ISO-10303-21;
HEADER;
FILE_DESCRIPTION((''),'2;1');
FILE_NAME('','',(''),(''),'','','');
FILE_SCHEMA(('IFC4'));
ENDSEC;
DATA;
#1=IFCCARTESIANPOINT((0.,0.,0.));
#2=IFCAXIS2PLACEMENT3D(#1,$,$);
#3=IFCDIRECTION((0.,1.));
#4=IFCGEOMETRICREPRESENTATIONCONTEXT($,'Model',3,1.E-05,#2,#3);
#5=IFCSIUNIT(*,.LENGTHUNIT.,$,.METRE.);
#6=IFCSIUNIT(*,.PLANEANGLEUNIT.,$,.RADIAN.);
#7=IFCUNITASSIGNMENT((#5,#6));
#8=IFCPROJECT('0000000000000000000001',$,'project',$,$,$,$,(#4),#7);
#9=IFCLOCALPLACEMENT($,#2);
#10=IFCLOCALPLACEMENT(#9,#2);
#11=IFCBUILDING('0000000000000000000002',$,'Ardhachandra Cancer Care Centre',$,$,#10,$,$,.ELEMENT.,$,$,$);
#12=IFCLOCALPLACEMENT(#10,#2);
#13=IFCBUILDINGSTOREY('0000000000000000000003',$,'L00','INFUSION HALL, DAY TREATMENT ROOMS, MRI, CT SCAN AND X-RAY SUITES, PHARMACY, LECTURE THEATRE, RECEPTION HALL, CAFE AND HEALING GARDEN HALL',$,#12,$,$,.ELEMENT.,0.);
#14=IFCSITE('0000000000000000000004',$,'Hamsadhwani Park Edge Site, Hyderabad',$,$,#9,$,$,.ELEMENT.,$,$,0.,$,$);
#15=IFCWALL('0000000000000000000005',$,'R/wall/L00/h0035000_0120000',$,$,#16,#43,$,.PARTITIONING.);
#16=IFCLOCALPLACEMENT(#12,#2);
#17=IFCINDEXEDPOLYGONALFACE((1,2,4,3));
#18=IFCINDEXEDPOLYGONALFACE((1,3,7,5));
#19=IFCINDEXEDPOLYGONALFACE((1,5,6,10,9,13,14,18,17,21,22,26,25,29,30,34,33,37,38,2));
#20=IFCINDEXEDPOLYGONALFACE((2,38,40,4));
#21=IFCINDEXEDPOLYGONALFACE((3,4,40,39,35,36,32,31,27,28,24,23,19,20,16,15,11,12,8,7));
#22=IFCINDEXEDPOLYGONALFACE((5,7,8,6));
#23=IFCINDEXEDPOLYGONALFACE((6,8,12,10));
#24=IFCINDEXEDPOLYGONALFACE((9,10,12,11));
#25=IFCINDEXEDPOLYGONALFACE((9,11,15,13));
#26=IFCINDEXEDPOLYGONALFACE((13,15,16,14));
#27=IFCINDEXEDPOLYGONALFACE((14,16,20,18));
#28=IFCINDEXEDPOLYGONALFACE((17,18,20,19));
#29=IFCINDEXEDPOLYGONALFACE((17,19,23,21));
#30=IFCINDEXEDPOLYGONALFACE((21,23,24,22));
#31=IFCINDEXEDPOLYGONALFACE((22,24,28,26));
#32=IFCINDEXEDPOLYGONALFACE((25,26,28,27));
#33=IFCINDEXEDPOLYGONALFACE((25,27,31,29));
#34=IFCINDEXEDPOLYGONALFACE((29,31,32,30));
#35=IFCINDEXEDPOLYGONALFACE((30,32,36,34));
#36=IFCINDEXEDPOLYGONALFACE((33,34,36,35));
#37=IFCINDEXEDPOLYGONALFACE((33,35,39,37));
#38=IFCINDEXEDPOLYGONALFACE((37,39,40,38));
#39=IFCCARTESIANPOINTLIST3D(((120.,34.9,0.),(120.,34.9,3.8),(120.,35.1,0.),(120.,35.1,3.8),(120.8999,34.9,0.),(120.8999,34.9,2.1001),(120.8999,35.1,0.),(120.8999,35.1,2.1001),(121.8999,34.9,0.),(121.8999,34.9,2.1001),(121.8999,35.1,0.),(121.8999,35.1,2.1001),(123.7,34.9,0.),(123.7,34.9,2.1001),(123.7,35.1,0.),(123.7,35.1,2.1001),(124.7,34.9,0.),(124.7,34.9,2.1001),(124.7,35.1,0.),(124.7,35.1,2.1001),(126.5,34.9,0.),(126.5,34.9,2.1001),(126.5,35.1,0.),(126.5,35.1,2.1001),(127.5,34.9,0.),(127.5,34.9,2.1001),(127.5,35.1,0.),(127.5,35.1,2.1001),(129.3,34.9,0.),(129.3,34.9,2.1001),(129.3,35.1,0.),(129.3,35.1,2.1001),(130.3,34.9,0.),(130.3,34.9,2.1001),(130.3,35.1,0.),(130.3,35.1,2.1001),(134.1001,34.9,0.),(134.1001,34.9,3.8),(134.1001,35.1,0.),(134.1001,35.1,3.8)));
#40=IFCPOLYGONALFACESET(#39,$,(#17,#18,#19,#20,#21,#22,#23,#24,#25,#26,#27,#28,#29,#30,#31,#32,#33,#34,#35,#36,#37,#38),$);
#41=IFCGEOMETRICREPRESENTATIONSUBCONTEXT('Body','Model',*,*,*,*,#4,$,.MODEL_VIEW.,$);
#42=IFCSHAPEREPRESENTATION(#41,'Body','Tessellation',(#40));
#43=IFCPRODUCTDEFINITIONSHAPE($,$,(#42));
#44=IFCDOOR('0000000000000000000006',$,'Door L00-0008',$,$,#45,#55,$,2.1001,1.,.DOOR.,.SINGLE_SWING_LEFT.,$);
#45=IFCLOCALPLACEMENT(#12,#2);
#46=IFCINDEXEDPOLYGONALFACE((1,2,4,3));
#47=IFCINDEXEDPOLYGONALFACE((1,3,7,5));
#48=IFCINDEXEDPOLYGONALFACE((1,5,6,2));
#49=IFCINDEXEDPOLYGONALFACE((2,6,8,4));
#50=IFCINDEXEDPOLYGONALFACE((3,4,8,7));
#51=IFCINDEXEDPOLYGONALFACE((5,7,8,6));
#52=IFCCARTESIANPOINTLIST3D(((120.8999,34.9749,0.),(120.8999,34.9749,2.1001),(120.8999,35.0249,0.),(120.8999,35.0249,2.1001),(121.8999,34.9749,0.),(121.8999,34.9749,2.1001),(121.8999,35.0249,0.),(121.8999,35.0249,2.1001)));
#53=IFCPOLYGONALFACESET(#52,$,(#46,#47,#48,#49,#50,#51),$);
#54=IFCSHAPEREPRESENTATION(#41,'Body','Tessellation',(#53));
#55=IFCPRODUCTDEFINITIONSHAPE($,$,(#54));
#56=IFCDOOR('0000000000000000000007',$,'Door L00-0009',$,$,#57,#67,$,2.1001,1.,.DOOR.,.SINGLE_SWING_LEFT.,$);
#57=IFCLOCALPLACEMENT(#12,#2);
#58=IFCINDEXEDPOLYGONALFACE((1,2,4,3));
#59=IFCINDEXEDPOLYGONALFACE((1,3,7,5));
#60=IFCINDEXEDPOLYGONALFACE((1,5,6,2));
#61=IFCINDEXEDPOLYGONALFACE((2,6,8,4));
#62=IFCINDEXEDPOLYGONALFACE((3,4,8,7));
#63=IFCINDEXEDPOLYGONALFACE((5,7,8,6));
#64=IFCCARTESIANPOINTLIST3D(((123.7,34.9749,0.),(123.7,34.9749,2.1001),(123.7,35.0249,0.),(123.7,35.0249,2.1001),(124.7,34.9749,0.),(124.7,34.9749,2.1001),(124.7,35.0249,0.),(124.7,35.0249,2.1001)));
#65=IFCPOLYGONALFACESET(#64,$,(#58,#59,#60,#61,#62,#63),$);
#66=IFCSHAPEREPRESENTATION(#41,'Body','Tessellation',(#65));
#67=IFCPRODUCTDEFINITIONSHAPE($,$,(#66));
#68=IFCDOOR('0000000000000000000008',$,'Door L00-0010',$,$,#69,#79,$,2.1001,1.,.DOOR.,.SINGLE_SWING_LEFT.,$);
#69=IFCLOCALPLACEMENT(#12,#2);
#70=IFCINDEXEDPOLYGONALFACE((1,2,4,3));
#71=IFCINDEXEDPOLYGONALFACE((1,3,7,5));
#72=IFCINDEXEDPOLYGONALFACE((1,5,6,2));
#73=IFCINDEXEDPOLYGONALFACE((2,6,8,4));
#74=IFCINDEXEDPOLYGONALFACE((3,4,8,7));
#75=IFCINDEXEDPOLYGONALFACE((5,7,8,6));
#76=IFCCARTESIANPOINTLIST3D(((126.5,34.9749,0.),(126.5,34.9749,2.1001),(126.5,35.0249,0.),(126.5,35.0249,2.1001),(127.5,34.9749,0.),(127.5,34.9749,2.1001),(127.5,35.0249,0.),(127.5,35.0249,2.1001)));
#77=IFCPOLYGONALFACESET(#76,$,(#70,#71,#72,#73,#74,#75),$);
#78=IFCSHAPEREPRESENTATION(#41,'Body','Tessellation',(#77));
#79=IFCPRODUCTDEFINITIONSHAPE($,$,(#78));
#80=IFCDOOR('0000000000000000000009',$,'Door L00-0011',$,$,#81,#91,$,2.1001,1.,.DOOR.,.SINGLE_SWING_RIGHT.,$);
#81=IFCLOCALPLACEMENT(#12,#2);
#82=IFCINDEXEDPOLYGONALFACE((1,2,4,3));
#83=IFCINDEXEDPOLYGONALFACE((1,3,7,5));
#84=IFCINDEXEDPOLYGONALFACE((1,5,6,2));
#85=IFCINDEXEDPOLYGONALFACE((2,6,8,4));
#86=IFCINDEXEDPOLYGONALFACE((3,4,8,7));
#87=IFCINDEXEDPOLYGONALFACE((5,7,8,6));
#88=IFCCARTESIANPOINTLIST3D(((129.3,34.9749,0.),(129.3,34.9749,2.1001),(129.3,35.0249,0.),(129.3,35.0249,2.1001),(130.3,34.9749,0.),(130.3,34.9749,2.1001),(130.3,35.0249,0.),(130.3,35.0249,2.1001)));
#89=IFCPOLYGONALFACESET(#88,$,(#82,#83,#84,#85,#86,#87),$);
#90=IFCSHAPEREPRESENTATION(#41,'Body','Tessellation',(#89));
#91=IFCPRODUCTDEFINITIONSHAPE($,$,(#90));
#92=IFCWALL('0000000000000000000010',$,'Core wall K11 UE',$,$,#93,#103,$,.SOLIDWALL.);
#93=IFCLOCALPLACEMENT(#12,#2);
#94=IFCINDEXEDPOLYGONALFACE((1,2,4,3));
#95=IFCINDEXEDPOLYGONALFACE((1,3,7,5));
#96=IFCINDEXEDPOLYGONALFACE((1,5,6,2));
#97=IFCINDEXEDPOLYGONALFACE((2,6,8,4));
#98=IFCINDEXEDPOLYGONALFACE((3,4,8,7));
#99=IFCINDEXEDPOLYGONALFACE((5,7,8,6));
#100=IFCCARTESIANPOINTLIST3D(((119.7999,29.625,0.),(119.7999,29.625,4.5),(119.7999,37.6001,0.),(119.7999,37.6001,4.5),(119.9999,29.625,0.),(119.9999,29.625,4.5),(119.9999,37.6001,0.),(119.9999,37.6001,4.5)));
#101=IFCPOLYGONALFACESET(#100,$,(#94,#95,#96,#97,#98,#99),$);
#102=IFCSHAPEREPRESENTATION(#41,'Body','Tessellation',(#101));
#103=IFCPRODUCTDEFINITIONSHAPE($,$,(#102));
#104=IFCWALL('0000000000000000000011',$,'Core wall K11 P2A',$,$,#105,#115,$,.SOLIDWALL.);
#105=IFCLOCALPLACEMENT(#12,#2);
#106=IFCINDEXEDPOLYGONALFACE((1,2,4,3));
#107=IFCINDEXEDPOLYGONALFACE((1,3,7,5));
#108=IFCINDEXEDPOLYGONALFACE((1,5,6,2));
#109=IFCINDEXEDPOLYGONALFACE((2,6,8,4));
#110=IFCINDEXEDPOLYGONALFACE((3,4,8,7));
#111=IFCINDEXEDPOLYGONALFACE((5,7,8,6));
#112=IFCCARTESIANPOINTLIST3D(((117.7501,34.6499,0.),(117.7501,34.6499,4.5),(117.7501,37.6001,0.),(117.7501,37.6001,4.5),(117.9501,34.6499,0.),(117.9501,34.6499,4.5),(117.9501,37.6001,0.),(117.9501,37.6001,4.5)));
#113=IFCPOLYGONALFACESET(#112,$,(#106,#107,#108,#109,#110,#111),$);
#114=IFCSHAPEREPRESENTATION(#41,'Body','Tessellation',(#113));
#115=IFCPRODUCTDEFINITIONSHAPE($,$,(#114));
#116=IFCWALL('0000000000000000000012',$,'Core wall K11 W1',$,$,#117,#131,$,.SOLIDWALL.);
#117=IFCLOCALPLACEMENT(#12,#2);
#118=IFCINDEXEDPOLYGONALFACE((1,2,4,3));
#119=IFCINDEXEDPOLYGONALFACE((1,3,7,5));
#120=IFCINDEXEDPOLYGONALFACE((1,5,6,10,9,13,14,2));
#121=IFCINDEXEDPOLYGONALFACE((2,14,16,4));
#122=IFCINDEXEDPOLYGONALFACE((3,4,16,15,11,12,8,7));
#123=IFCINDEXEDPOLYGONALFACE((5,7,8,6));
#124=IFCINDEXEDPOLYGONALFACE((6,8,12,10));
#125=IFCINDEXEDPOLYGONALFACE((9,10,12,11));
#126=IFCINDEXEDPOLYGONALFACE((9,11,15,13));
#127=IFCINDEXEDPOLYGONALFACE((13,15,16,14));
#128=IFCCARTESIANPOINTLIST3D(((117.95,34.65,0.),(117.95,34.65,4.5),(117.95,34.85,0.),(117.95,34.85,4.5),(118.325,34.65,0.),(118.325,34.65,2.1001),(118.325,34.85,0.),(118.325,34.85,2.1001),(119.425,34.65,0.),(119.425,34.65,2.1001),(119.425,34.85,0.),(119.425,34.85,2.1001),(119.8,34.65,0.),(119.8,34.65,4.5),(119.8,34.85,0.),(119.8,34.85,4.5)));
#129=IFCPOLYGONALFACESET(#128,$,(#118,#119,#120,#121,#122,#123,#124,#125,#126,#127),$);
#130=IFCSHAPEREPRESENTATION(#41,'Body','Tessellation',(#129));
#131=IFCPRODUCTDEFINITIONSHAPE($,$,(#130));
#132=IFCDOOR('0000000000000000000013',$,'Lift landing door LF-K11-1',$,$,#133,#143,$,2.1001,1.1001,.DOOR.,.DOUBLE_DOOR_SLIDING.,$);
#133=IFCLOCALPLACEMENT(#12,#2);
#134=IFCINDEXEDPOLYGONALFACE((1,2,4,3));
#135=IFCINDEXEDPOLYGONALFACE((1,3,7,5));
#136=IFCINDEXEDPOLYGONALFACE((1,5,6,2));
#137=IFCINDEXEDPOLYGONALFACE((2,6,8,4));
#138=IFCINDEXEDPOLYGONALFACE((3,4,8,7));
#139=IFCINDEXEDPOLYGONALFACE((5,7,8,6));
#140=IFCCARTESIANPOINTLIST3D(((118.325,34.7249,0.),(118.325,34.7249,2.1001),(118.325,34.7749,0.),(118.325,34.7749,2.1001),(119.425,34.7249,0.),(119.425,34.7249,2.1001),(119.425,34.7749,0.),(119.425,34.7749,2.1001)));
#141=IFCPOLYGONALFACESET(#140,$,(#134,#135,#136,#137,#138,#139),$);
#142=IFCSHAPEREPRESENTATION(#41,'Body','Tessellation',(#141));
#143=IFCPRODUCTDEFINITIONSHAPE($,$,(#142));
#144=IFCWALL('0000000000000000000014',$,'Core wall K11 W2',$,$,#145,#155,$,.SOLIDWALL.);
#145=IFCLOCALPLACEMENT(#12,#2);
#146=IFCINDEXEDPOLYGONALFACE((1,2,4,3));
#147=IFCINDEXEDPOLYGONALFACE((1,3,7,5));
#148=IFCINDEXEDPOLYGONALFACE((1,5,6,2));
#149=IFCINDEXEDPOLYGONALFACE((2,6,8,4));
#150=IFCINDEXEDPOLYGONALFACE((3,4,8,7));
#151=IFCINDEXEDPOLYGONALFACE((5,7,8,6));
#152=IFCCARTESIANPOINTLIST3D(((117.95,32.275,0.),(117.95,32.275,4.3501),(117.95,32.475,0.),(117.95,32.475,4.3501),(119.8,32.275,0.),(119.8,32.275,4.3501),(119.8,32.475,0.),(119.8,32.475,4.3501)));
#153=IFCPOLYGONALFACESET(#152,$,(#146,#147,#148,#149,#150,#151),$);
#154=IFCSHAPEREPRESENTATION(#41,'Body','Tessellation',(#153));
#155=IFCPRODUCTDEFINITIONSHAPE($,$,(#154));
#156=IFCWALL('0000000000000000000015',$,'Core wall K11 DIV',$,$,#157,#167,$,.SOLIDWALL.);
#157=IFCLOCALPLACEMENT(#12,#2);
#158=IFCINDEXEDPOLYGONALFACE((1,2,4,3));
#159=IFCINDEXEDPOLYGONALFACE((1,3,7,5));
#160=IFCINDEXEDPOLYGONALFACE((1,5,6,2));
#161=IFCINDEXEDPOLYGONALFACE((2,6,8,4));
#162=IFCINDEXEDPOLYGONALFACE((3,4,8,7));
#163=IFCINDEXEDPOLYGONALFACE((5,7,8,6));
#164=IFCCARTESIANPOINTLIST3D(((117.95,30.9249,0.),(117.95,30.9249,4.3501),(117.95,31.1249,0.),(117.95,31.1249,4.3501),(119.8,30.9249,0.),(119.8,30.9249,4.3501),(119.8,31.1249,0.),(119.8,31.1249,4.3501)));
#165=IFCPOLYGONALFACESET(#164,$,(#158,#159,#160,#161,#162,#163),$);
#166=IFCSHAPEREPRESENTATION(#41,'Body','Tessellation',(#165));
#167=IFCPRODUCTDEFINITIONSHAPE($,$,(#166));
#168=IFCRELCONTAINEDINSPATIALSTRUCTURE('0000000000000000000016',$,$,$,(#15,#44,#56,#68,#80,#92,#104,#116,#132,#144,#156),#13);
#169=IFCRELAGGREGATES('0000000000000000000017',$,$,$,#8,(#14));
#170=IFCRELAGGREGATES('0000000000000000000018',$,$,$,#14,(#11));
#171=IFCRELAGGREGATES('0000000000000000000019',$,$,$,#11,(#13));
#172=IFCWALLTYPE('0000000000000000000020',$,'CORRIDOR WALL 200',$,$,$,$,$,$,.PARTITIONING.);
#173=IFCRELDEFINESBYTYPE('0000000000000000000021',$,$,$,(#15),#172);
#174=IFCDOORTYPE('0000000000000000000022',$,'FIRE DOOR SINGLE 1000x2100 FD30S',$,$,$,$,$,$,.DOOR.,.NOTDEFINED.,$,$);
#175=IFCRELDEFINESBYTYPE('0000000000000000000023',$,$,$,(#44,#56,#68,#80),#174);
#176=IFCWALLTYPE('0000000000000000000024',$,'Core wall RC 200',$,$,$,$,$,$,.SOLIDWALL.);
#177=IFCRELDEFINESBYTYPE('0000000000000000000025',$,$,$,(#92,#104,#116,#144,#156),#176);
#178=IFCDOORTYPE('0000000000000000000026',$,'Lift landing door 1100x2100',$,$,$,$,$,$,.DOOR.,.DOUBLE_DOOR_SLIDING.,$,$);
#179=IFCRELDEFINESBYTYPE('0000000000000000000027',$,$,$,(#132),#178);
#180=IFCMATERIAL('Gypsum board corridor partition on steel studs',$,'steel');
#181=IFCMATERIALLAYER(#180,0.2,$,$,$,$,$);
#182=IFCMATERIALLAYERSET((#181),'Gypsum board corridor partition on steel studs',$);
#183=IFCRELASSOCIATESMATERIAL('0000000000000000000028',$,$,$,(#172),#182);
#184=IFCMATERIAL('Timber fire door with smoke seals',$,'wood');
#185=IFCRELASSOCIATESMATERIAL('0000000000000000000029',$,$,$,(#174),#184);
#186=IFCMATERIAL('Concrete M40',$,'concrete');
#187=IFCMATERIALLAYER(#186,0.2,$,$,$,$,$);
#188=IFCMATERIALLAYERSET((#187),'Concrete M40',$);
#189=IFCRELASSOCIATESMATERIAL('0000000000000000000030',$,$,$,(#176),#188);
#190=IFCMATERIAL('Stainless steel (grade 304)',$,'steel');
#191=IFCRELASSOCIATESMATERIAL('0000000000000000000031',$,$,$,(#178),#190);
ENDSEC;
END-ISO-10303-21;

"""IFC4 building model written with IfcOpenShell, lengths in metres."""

from ifc_helpers import new_model, si_unit, direction, frame, frame_2d, origin, place, context, subcontext, project, spatial, rectangle, extrude, material, layer, layer_set, type_object, element, fill, save


model = new_model("IFC4")

# Units and contexts
model_context = context("Model", 3, precision=1e-05, world=origin(), true_north=direction((0.0, 1.0)))
body_context = subcontext(model_context, "Body", "Model", "MODEL_VIEW")
ifc_project = project(units=[si_unit("LENGTHUNIT", "METRE"), si_unit("PLANEANGLEUNIT", "RADIAN")], contexts=[model_context])

# Site, building, storey
site_placement = place(None, origin())
site = spatial("IfcSite", under=ifc_project, at=site_placement, Name="Hamsadhwani Park Edge Site, Hyderabad", CompositionType="ELEMENT", RefElevation=0.0)
building_placement = place(site_placement, origin())
building = spatial("IfcBuilding", under=site, at=building_placement, Name="Ardhachandra Cancer Care Centre", CompositionType="ELEMENT")
storey_placement = place(building_placement, origin())
storey = spatial("IfcBuildingStorey", under=building, at=storey_placement, Name="L00", Description="INFUSION HALL, DAY TREATMENT ROOMS, MRI, CT SCAN AND X-RAY SUITES, PHARMACY, LECTURE THEATRE, RECEPTION HALL, CAFE AND HEALING GARDEN HALL", CompositionType="ELEMENT", Elevation=0.0)

# Wall, openings, doors
ifc_material_1 = material(Name="Gypsum board corridor partition on steel studs", Category="steel")
ifc_layer_1 = layer(ifc_material_1, 0.2)
ifc_layer_set_1 = layer_set([ifc_layer_1], Name="Gypsum board corridor partition on steel studs")
wall_type_1 = type_object("IfcWallType", Name="CORRIDOR WALL 200", PredefinedType="PARTITIONING", material=ifc_layer_set_1)
wall_1_placement = place(storey_placement, frame((120.0, 35.0, 0.0), z_axis=(0.0, 0.0, 1.0), x_axis=(1.0, 0.0, 0.0)))
wall_1 = element("IfcWall", 1, at=wall_1_placement, inside=storey, type_object=wall_type_1, Name="R/wall/L00/h0035000_0120000", PredefinedType="PARTITIONING", context=body_context, shape_type="SweptSolid", body=[
    extrude(rectangle(XDim=14.1001, YDim=0.2, at=frame_2d((7.05, 0.0))), origin(), (0.0, 0.0, 1.0), 3.8),
])
opening_1_placement = place(wall_1_placement, frame((0.8999, 0.0, 0.0)))
opening_1 = element("IfcOpeningElement", 2, at=opening_1_placement, cuts=wall_1, PredefinedType="OPENING", context=body_context, shape_type="SweptSolid", body=[
    extrude(rectangle(XDim=1.0, YDim=2.1001, at=frame_2d((0.5, 1.05))), frame((0.0, 0.1099, 0.0), z_axis=(0.0, -1.0, 0.0), x_axis=(1.0, 0.0, 0.0)), (0.0, 0.0, 1.0), 0.22),
])
opening_2_placement = place(wall_1_placement, frame((3.7, 0.0, 0.0)))
opening_2 = element("IfcOpeningElement", 3, at=opening_2_placement, cuts=wall_1, PredefinedType="OPENING", context=body_context, shape_type="SweptSolid", body=[
    extrude(rectangle(XDim=1.0, YDim=2.1001, at=frame_2d((0.5, 1.05))), frame((0.0, 0.1099, 0.0), z_axis=(0.0, -1.0, 0.0), x_axis=(1.0, 0.0, 0.0)), (0.0, 0.0, 1.0), 0.22),
])
opening_3_placement = place(wall_1_placement, frame((6.5, 0.0, 0.0)))
opening_3 = element("IfcOpeningElement", 4, at=opening_3_placement, cuts=wall_1, PredefinedType="OPENING", context=body_context, shape_type="SweptSolid", body=[
    extrude(rectangle(XDim=1.0, YDim=2.1001, at=frame_2d((0.5, 1.05))), frame((0.0, 0.1099, 0.0), z_axis=(0.0, -1.0, 0.0), x_axis=(1.0, 0.0, 0.0)), (0.0, 0.0, 1.0), 0.22),
])
opening_4_placement = place(wall_1_placement, frame((9.3, 0.0, 0.0)))
opening_4 = element("IfcOpeningElement", 5, at=opening_4_placement, cuts=wall_1, PredefinedType="OPENING", context=body_context, shape_type="SweptSolid", body=[
    extrude(rectangle(XDim=1.0, YDim=2.1001, at=frame_2d((0.5, 1.05))), frame((0.0, 0.1099, 0.0), z_axis=(0.0, -1.0, 0.0), x_axis=(1.0, 0.0, 0.0)), (0.0, 0.0, 1.0), 0.22),
])
ifc_material_2 = material(Name="Timber fire door with smoke seals", Category="wood")
door_type_1 = type_object("IfcDoorType", Name="FIRE DOOR SINGLE 1000x2100 FD30S", OperationType="NOTDEFINED", PredefinedType="DOOR", material=ifc_material_2)
door_1_placement = place(opening_1_placement, origin())
door_1 = element("IfcDoor", 6, at=door_1_placement, inside=storey, type_object=door_type_1, Name="Door L00-0008", OperationType="SINGLE_SWING_LEFT", OverallHeight=2.1001, OverallWidth=1.0, PredefinedType="DOOR", context=body_context, shape_type="SweptSolid", body=[
    extrude(rectangle(XDim=1.0, YDim=2.1001, at=frame_2d((0.5, 1.05))), frame((0.0, 0.0249, 0.0), z_axis=(0.0, -1.0, 0.0), x_axis=(1.0, 0.0, 0.0)), (0.0, 0.0, 1.0), 0.05),
])
fill(opening_1, door_1)
door_2_placement = place(opening_2_placement, origin())
door_2 = element("IfcDoor", 7, at=door_2_placement, inside=storey, type_object=door_type_1, Name="Door L00-0009", OperationType="SINGLE_SWING_LEFT", OverallHeight=2.1001, OverallWidth=1.0, PredefinedType="DOOR", context=body_context, shape_type="SweptSolid", body=[
    extrude(rectangle(XDim=1.0, YDim=2.1001, at=frame_2d((0.5, 1.05))), frame((0.0, 0.0249, 0.0), z_axis=(0.0, -1.0, 0.0), x_axis=(1.0, 0.0, 0.0)), (0.0, 0.0, 1.0), 0.05),
])
fill(opening_2, door_2)
door_3_placement = place(opening_3_placement, origin())
door_3 = element("IfcDoor", 8, at=door_3_placement, inside=storey, type_object=door_type_1, Name="Door L00-0010", OperationType="SINGLE_SWING_LEFT", OverallHeight=2.1001, OverallWidth=1.0, PredefinedType="DOOR", context=body_context, shape_type="SweptSolid", body=[
    extrude(rectangle(XDim=1.0, YDim=2.1001, at=frame_2d((0.5, 1.05))), frame((0.0, 0.0249, 0.0), z_axis=(0.0, -1.0, 0.0), x_axis=(1.0, 0.0, 0.0)), (0.0, 0.0, 1.0), 0.05),
])
fill(opening_3, door_3)
door_4_placement = place(opening_4_placement, origin())
door_4 = element("IfcDoor", 9, at=door_4_placement, inside=storey, type_object=door_type_1, Name="Door L00-0011", OperationType="SINGLE_SWING_RIGHT", OverallHeight=2.1001, OverallWidth=1.0, PredefinedType="DOOR", context=body_context, shape_type="SweptSolid", body=[
    extrude(rectangle(XDim=1.0, YDim=2.1001, at=frame_2d((0.5, 1.05))), frame((0.0, 0.0249, 0.0), z_axis=(0.0, -1.0, 0.0), x_axis=(1.0, 0.0, 0.0)), (0.0, 0.0, 1.0), 0.05),
])
fill(opening_4, door_4)

# Walls
ifc_material_3 = material(Name="Concrete M40", Category="concrete")
ifc_layer_2 = layer(ifc_material_3, 0.2)
ifc_layer_set_2 = layer_set([ifc_layer_2], Name="Concrete M40")
wall_type_2 = type_object("IfcWallType", Name="Core wall RC 200", PredefinedType="SOLIDWALL", material=ifc_layer_set_2)
wall_2_placement = place(storey_placement, frame((119.8999, 37.6001, 0.0), z_axis=(0.0, 0.0, 1.0), x_axis=(0.0, -1.0, 0.0)))
element("IfcWall", 10, at=wall_2_placement, inside=storey, type_object=wall_type_2, Name="Core wall K11 UE", PredefinedType="SOLIDWALL", context=body_context, shape_type="SweptSolid", body=[
    extrude(rectangle(XDim=7.9751, YDim=0.2, at=frame_2d((3.9875, 0.0))), origin(), (0.0, 0.0, 1.0), 4.5),
])
wall_3_placement = place(storey_placement, frame((117.8501, 37.6001, 0.0), z_axis=(0.0, 0.0, 1.0), x_axis=(0.0, -1.0, 0.0)))
element("IfcWall", 11, at=wall_3_placement, inside=storey, type_object=wall_type_2, Name="Core wall K11 P2A", PredefinedType="SOLIDWALL", context=body_context, shape_type="SweptSolid", body=[
    extrude(rectangle(XDim=2.9502, YDim=0.2, at=frame_2d((1.4751, 0.0))), origin(), (0.0, 0.0, 1.0), 4.5),
])

# Wall, opening, door
wall_4_placement = place(storey_placement, frame((117.95, 34.75, 0.0), z_axis=(0.0, 0.0, 1.0), x_axis=(1.0, 0.0, 0.0)))
wall_4 = element("IfcWall", 12, at=wall_4_placement, inside=storey, type_object=wall_type_2, Name="Core wall K11 W1", PredefinedType="SOLIDWALL", context=body_context, shape_type="SweptSolid", body=[
    extrude(rectangle(XDim=1.8501, YDim=0.2, at=frame_2d((0.925, 0.0))), origin(), (0.0, 0.0, 1.0), 4.5),
])
opening_5_placement = place(wall_4_placement, frame((0.375, 0.0, 0.0)))
opening_5 = element("IfcOpeningElement", 13, at=opening_5_placement, cuts=wall_4, PredefinedType="OPENING", context=body_context, shape_type="SweptSolid", body=[
    extrude(rectangle(XDim=1.1001, YDim=2.1001, at=frame_2d((0.55, 1.05))), frame((0.0, 0.1099, 0.0), z_axis=(0.0, -1.0, 0.0), x_axis=(1.0, 0.0, 0.0)), (0.0, 0.0, 1.0), 0.22),
])
ifc_material_4 = material(Name="Stainless steel (grade 304)", Category="steel")
door_type_2 = type_object("IfcDoorType", Name="Lift landing door 1100x2100", OperationType="DOUBLE_DOOR_SLIDING", PredefinedType="DOOR", material=ifc_material_4)
door_5_placement = place(opening_5_placement, origin())
door_5 = element("IfcDoor", 14, at=door_5_placement, inside=storey, type_object=door_type_2, Name="Lift landing door LF-K11-1", OperationType="DOUBLE_DOOR_SLIDING", OverallHeight=2.1001, OverallWidth=1.1001, PredefinedType="DOOR", context=body_context, shape_type="SweptSolid", body=[
    extrude(rectangle(XDim=1.1001, YDim=2.1001, at=frame_2d((0.55, 1.05))), frame((0.0, 0.0249, 0.0), z_axis=(0.0, -1.0, 0.0), x_axis=(1.0, 0.0, 0.0)), (0.0, 0.0, 1.0), 0.05),
])
fill(opening_5, door_5)

# Walls
for number, where, z_axis, x_axis, name in (
    (15, (117.95, 32.375, 0.0), (0.0, 0.0, 1.0), (1.0, 0.0, 0.0), "Core wall K11 W2"),
    (16, (117.95, 31.0249, 0.0), (0.0, 0.0, 1.0), (1.0, 0.0, 0.0), "Core wall K11 DIV"),
):
    element("IfcWall", number, at=place(storey_placement, frame(where, z_axis=z_axis, x_axis=x_axis)), inside=storey, type_object=wall_type_2, Name=name, PredefinedType="SOLIDWALL", context=body_context, shape_type="SweptSolid", body=[
        extrude(rectangle(XDim=1.8501, YDim=0.2, at=frame_2d((0.925, 0.0))), origin(), (0.0, 0.0, 1.0), 4.3501),
    ])

save(model, "model.ifc")
